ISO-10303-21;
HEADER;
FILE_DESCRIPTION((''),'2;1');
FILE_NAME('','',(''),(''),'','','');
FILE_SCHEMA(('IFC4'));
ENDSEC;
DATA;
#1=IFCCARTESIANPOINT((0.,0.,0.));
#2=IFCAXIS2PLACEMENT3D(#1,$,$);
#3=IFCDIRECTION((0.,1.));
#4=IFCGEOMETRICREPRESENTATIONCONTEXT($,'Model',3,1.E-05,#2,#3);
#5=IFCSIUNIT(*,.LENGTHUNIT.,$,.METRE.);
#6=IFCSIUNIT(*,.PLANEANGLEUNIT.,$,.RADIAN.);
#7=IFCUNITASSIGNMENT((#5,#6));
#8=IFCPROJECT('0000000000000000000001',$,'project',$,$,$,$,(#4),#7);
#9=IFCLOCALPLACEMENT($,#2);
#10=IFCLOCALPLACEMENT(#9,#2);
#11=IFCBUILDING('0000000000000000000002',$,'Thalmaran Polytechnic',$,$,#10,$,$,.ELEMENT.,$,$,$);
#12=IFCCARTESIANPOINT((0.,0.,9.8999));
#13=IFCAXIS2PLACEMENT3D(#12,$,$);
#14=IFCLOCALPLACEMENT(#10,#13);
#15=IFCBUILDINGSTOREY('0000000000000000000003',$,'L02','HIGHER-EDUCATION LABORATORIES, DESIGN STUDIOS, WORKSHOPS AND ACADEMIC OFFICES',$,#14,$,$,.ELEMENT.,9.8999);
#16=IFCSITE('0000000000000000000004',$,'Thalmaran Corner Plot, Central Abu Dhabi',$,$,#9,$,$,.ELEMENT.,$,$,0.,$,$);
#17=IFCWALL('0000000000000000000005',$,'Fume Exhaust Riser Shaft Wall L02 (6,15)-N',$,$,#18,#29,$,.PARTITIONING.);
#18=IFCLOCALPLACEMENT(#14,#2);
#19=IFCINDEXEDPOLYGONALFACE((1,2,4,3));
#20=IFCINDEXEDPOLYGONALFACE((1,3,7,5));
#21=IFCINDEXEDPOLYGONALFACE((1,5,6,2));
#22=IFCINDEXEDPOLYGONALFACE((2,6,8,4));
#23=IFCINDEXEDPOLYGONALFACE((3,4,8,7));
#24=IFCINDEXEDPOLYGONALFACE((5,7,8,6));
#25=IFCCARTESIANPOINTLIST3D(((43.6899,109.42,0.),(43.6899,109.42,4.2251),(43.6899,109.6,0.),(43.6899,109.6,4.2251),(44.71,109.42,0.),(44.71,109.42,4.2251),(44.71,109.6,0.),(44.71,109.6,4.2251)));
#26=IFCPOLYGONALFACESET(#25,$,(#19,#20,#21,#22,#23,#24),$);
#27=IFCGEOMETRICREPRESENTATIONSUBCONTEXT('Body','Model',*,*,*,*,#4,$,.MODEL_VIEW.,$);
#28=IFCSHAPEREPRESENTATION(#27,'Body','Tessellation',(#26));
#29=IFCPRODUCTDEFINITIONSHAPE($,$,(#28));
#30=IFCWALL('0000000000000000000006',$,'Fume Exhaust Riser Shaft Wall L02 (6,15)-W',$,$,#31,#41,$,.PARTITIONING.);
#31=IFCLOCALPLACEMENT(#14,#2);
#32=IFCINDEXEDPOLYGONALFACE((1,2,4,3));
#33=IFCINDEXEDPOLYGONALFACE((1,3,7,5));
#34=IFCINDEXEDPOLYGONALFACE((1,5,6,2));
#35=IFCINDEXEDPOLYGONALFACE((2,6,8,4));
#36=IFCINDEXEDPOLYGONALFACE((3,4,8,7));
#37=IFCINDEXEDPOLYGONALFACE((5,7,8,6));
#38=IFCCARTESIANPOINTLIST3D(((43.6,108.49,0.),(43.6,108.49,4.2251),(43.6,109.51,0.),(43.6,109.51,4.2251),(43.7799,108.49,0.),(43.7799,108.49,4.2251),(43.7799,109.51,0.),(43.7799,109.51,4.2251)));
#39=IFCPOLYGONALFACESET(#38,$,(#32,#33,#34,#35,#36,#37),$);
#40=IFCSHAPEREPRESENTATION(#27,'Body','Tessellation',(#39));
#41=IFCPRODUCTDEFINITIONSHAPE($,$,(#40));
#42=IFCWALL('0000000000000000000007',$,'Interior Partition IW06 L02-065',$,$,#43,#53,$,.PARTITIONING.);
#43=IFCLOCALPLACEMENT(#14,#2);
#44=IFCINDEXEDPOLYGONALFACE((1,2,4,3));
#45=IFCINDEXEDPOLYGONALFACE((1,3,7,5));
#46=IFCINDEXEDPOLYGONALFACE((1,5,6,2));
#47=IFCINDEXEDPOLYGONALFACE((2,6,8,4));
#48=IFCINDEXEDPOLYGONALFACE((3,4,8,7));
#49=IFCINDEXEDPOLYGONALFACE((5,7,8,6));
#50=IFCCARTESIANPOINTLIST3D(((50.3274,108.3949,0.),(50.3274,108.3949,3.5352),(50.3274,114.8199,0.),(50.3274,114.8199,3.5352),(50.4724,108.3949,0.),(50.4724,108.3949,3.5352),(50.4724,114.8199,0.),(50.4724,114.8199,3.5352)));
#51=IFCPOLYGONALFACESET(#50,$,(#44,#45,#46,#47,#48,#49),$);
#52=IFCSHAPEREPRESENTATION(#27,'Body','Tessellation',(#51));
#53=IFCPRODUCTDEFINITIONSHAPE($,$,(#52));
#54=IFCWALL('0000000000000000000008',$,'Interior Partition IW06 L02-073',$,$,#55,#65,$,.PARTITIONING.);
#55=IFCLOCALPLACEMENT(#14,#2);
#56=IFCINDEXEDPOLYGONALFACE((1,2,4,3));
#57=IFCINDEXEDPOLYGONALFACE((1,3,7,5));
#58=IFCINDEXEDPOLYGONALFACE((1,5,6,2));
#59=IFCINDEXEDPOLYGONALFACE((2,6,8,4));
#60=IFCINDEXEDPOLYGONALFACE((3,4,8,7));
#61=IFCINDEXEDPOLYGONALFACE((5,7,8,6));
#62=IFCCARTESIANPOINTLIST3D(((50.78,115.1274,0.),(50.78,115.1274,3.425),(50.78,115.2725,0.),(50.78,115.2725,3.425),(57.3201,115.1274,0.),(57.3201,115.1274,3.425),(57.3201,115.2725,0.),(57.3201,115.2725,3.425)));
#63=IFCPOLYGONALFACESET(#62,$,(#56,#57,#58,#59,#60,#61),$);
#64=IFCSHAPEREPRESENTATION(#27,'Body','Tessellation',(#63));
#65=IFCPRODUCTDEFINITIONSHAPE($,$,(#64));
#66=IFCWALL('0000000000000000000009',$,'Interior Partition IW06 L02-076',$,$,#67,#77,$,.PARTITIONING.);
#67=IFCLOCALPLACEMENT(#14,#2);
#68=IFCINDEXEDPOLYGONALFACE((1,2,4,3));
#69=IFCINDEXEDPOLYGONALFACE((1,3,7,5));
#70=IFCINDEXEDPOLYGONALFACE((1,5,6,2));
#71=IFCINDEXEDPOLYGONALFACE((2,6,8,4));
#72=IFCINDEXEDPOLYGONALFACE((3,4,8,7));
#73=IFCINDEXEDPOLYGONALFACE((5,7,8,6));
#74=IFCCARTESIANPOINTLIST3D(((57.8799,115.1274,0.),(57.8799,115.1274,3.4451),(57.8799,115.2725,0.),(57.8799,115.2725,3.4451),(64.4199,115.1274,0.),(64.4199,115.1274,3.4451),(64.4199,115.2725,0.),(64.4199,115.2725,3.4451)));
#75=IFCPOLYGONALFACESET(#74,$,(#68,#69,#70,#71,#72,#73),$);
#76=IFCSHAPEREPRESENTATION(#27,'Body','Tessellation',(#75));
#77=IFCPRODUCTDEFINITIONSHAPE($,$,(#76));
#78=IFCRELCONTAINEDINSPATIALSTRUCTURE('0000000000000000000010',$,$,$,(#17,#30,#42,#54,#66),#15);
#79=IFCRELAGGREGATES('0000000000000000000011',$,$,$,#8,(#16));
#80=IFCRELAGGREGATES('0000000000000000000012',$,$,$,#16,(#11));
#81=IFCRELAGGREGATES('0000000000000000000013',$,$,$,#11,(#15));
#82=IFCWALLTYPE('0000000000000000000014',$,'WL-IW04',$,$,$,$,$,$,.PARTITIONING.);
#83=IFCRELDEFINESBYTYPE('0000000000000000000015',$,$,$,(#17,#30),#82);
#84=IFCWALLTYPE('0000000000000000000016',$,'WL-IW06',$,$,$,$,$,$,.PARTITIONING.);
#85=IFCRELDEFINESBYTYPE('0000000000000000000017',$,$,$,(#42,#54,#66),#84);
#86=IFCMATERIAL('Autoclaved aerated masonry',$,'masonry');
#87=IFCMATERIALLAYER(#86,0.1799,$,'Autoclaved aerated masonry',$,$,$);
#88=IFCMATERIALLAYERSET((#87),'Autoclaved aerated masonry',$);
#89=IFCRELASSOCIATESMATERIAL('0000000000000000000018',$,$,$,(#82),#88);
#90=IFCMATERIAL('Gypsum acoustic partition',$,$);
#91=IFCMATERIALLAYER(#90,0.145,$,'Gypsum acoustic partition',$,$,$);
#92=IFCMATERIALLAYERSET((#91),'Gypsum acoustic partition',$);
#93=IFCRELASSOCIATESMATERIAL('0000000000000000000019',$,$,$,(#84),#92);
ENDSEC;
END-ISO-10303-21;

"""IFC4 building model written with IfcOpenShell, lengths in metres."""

from ifc_helpers import new_model, si_unit, direction, frame, frame_2d, origin, place, context, subcontext, project, spatial, rectangle, extrude, material, layer, layer_set, type_object, element, save


model = new_model("IFC4")

# Units and contexts
model_context = context("Model", 3, precision=1e-05, world=origin(), true_north=direction((0.0, 1.0)))
body_context = subcontext(model_context, "Body", "Model", "MODEL_VIEW")
ifc_project = project(units=[si_unit("LENGTHUNIT", "METRE"), si_unit("PLANEANGLEUNIT", "RADIAN")], contexts=[model_context])

# Site, building, storey
site_placement = place(None, origin())
site = spatial("IfcSite", under=ifc_project, at=site_placement, Name="Thalmaran Corner Plot, Central Abu Dhabi", CompositionType="ELEMENT", RefElevation=0.0)
building_placement = place(site_placement, origin())
building = spatial("IfcBuilding", under=site, at=building_placement, Name="Thalmaran Polytechnic", CompositionType="ELEMENT")
storey_placement = place(building_placement, frame((0.0, 0.0, 9.8999)))
storey = spatial("IfcBuildingStorey", under=building, at=storey_placement, Name="L02", Description="HIGHER-EDUCATION LABORATORIES, DESIGN STUDIOS, WORKSHOPS AND ACADEMIC OFFICES", CompositionType="ELEMENT", Elevation=9.8999)

# Walls
ifc_material_1 = material(Name="Autoclaved aerated masonry", Category="masonry")
ifc_layer_1 = layer(ifc_material_1, 0.1799, Name="Autoclaved aerated masonry")
ifc_layer_set_1 = layer_set([ifc_layer_1], Name="Autoclaved aerated masonry")
wall_type_1 = type_object("IfcWallType", Name="WL-IW04", PredefinedType="PARTITIONING", material=ifc_layer_set_1)
for number, where, z_axis, x_axis, name in (
    (1, (44.71, 109.51, 0.0), (0.0, 0.0, 1.0), (-1.0, 0.0, 0.0), "Fume Exhaust Riser Shaft Wall L02 (6,15)-N"),
    (2, (43.6899, 109.51, 0.0), (0.0, 0.0, 1.0), (0.0, -1.0, 0.0), "Fume Exhaust Riser Shaft Wall L02 (6,15)-W"),
):
    element("IfcWall", number, at=place(storey_placement, frame(where, z_axis=z_axis, x_axis=x_axis)), inside=storey, type_object=wall_type_1, Name=name, PredefinedType="PARTITIONING", context=body_context, shape_type="SweptSolid", body=[
        extrude(rectangle(XDim=1.02, YDim=0.1799, at=frame_2d((0.51, 0.0))), origin(), (0.0, 0.0, 1.0), 4.2251),
    ])
ifc_material_2 = material(Name="Gypsum acoustic partition")
ifc_layer_2 = layer(ifc_material_2, 0.145, Name="Gypsum acoustic partition")
ifc_layer_set_2 = layer_set([ifc_layer_2], Name="Gypsum acoustic partition")
wall_type_2 = type_object("IfcWallType", Name="WL-IW06", PredefinedType="PARTITIONING", material=ifc_layer_set_2)
wall_1_placement = place(storey_placement, frame((50.3999, 108.395, 0.0), z_axis=(0.0, 0.0, 1.0), x_axis=(0.0, 1.0, 0.0)))
element("IfcWall", 3, at=wall_1_placement, inside=storey, type_object=wall_type_2, Name="Interior Partition IW06 L02-065", PredefinedType="PARTITIONING", context=body_context, shape_type="SweptSolid", body=[
    extrude(rectangle(XDim=6.425, YDim=0.145, at=frame_2d((3.2124, 0.0))), origin(), (0.0, 0.0, 1.0), 3.5352),
])
wall_2_placement = place(storey_placement, frame((50.78, 115.2, 0.0), z_axis=(0.0, 0.0, 1.0), x_axis=(1.0, 0.0, 0.0)))
element("IfcWall", 4, at=wall_2_placement, inside=storey, type_object=wall_type_2, Name="Interior Partition IW06 L02-073", PredefinedType="PARTITIONING", context=body_context, shape_type="SweptSolid", body=[
    extrude(rectangle(XDim=6.54, YDim=0.145, at=frame_2d((3.27, 0.0))), origin(), (0.0, 0.0, 1.0), 3.425),
])
wall_3_placement = place(storey_placement, frame((57.8799, 115.2, 0.0), z_axis=(0.0, 0.0, 1.0), x_axis=(1.0, 0.0, 0.0)))
element("IfcWall", 5, at=wall_3_placement, inside=storey, type_object=wall_type_2, Name="Interior Partition IW06 L02-076", PredefinedType="PARTITIONING", context=body_context, shape_type="SweptSolid", body=[
    extrude(rectangle(XDim=6.54, YDim=0.145, at=frame_2d((3.27, 0.0))), origin(), (0.0, 0.0, 1.0), 3.4451),
])

save(model, "model.ifc")
